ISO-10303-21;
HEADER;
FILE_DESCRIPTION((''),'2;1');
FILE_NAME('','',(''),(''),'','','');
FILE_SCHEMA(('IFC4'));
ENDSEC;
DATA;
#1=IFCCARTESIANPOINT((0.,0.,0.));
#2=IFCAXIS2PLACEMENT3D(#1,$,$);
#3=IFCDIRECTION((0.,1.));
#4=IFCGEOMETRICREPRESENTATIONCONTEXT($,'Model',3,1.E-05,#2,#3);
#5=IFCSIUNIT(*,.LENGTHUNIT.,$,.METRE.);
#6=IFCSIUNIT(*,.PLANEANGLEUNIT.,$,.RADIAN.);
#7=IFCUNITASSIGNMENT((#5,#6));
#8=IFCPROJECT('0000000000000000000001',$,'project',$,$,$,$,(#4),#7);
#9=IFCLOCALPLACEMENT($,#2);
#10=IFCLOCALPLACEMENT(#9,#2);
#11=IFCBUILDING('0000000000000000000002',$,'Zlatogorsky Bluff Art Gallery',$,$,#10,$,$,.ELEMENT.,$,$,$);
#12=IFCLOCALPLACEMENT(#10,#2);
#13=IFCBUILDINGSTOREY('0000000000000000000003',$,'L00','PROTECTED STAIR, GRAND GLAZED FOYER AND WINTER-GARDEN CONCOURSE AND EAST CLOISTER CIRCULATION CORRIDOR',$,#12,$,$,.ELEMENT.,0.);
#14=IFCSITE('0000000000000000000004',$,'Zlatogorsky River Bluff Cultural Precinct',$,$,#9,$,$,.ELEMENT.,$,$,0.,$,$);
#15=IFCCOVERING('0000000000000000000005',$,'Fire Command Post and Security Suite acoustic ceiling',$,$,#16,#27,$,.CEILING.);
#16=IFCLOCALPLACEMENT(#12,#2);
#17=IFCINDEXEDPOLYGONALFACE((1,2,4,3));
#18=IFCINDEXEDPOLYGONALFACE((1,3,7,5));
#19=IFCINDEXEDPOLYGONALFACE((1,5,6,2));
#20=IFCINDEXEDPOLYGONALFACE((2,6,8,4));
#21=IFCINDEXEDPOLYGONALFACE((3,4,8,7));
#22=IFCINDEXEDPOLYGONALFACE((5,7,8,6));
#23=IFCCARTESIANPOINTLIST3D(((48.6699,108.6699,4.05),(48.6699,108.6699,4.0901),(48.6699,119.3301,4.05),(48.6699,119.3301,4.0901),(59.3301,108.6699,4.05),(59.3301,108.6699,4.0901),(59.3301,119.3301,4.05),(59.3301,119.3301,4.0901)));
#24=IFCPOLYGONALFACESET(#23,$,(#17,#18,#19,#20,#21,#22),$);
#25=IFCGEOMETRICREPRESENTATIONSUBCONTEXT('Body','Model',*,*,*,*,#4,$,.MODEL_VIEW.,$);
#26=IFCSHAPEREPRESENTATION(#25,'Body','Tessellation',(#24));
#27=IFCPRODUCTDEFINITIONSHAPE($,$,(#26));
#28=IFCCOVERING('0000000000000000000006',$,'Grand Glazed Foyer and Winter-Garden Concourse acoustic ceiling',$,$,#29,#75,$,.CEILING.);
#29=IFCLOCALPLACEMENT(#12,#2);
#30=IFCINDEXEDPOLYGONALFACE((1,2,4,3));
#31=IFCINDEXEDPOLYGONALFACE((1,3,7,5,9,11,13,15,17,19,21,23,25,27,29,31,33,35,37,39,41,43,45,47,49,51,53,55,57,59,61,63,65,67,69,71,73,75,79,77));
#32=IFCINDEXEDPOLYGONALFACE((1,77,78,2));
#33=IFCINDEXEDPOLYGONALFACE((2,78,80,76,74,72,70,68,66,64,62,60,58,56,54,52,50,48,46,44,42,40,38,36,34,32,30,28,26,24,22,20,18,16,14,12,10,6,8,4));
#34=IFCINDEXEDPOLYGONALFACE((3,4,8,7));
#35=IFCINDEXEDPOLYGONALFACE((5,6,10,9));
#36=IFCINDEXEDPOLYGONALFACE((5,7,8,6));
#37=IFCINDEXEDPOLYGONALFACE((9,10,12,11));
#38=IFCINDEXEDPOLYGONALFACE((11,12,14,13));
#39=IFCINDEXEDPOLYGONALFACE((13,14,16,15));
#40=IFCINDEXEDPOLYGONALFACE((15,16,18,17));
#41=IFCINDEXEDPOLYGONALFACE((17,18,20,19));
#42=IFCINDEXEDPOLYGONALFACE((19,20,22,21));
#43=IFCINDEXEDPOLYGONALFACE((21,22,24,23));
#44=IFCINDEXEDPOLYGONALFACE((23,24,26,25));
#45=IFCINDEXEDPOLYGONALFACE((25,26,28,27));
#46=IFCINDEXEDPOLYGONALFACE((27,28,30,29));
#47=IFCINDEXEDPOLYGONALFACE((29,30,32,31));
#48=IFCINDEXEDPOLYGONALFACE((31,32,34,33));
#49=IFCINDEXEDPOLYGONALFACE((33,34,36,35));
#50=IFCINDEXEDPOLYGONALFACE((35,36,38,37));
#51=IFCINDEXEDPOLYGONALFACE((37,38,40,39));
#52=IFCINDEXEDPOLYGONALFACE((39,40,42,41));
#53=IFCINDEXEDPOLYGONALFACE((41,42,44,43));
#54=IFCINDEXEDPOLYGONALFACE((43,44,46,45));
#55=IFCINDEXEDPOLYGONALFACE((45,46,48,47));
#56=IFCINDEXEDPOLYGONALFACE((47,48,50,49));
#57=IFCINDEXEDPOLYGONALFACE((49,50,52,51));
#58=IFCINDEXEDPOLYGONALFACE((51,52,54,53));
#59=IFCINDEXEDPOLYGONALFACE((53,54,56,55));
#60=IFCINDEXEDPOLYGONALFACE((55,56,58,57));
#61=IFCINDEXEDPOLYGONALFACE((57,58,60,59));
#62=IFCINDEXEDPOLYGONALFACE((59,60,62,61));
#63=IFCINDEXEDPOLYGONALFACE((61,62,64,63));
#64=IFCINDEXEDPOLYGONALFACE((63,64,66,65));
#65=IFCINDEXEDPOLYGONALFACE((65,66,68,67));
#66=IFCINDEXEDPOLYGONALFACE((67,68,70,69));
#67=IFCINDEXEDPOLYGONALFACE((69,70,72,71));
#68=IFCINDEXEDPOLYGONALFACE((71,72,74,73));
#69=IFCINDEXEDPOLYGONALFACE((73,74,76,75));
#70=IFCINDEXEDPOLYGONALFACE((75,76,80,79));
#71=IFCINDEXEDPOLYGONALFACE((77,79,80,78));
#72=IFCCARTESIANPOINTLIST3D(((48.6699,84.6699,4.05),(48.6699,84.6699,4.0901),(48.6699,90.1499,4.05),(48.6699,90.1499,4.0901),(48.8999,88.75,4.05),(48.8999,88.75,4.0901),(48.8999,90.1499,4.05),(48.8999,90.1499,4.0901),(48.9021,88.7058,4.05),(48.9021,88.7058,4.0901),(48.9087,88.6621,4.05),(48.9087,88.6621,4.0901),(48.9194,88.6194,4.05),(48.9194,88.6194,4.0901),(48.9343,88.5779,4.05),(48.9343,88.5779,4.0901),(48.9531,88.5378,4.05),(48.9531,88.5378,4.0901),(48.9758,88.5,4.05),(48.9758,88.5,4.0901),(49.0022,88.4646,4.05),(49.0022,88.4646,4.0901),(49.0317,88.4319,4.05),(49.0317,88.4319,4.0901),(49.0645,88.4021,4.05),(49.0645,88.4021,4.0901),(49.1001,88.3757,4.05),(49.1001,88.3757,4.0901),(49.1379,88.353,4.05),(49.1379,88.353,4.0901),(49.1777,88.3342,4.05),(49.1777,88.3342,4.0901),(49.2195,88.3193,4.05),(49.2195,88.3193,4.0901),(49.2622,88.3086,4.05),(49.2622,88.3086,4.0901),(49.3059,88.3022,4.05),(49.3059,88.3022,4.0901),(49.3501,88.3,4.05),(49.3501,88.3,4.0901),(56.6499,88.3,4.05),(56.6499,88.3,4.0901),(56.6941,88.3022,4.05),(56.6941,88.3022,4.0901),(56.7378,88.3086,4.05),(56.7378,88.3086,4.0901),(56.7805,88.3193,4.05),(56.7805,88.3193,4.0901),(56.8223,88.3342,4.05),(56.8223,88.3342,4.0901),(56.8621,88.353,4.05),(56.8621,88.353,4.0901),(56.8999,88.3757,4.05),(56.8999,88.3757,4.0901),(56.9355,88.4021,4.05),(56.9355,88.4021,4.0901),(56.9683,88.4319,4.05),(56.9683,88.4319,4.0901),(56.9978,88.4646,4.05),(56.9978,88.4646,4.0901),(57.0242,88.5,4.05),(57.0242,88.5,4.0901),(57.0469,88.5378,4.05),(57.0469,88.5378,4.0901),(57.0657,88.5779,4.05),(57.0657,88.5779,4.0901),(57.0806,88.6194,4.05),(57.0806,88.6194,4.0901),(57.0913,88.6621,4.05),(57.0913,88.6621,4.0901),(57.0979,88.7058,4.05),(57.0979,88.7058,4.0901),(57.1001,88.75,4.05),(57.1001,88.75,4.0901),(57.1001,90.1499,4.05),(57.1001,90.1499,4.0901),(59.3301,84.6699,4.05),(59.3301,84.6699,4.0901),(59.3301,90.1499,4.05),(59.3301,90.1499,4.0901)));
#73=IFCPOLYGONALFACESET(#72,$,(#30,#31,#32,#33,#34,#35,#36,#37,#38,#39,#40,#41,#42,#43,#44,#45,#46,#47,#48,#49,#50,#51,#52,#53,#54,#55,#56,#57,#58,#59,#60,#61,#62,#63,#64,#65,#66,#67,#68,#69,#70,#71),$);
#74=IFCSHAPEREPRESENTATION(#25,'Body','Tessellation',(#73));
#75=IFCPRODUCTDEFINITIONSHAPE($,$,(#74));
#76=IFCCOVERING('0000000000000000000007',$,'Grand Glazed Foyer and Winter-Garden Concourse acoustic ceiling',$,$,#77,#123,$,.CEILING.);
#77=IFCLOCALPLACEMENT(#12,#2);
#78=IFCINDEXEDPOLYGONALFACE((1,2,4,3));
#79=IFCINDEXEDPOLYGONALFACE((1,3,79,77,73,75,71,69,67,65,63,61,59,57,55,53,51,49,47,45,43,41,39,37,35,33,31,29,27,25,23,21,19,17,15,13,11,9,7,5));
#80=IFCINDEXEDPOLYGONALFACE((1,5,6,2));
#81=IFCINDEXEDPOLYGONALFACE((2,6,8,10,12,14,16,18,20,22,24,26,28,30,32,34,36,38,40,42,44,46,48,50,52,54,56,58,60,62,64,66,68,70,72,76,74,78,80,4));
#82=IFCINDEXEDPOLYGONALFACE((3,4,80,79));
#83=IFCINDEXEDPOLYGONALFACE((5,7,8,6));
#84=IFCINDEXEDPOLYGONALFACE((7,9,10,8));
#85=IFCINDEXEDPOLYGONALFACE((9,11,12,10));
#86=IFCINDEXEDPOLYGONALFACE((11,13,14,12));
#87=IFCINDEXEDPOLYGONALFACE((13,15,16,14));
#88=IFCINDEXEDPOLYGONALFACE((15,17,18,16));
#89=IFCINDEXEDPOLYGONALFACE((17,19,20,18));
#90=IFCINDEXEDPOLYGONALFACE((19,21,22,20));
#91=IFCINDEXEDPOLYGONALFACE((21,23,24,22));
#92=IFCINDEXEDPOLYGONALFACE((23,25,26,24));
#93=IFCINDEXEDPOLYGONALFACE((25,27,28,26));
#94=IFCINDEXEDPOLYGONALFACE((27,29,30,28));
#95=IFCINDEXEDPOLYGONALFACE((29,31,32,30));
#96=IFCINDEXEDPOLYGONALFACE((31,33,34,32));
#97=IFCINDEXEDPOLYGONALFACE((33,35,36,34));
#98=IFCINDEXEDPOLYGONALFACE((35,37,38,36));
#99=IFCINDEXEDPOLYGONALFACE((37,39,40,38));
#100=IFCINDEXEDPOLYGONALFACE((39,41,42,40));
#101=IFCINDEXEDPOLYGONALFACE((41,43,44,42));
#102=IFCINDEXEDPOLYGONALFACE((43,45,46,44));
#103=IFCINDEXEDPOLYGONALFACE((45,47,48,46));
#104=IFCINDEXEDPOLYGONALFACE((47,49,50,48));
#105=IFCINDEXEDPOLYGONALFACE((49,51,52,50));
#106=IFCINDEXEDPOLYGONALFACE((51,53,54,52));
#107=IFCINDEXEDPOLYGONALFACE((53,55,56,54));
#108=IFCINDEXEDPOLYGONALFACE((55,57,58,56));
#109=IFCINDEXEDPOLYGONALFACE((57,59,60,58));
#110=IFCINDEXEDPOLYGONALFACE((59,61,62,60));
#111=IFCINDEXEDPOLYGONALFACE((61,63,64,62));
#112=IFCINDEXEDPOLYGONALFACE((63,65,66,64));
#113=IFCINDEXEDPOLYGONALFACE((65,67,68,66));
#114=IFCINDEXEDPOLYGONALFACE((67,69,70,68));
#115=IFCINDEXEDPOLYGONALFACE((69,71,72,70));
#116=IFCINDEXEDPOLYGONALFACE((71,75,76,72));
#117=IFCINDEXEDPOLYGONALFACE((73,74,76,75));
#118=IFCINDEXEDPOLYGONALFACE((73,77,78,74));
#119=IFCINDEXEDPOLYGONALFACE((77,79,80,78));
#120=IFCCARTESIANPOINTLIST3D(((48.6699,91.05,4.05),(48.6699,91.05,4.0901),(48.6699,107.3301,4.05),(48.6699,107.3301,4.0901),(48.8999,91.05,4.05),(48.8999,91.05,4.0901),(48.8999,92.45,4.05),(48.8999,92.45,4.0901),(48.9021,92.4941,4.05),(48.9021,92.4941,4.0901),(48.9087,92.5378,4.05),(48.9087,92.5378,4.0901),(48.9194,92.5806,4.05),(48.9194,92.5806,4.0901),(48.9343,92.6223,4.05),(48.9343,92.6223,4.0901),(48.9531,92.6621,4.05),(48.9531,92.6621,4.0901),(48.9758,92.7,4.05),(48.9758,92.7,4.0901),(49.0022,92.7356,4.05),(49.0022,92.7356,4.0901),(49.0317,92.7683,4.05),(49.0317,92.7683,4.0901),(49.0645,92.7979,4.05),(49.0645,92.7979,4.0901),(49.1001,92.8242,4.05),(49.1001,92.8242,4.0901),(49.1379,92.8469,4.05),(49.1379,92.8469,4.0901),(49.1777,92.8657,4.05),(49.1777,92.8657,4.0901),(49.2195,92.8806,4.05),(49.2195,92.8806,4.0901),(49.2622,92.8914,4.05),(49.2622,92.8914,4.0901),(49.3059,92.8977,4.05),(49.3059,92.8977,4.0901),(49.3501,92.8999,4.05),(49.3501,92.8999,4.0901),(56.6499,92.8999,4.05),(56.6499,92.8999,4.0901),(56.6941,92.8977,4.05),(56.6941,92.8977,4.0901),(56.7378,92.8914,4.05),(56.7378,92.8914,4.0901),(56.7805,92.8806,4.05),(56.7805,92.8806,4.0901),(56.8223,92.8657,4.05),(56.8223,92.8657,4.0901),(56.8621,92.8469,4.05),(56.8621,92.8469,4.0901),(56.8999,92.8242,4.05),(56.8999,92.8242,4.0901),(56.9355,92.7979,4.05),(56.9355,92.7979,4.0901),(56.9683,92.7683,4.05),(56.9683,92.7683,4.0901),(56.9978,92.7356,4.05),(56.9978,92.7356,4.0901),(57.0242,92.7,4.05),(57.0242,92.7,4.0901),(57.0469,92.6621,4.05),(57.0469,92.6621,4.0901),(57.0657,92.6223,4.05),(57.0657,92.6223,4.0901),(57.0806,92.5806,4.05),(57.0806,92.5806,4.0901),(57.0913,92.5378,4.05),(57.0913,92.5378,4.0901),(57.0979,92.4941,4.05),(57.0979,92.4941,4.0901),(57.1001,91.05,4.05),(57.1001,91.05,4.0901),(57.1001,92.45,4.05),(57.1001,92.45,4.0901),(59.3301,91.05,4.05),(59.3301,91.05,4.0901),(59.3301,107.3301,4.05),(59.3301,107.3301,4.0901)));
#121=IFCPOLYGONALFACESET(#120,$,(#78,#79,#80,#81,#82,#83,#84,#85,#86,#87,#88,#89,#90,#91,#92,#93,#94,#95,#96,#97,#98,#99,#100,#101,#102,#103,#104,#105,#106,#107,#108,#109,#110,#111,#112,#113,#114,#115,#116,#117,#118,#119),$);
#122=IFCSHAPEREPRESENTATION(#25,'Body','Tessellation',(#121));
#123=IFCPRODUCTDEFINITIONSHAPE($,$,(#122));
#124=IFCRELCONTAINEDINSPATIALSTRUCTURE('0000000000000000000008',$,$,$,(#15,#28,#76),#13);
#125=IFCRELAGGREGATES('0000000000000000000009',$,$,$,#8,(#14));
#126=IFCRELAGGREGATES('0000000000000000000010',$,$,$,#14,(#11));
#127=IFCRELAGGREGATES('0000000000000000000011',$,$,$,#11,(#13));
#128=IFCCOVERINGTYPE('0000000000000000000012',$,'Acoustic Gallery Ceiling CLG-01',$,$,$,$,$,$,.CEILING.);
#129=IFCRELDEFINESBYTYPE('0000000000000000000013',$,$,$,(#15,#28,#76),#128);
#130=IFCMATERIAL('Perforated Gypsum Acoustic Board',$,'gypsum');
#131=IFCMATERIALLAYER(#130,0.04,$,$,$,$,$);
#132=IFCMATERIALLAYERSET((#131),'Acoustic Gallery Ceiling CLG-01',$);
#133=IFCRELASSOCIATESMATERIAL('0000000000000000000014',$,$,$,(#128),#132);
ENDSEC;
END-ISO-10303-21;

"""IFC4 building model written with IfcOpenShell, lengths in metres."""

from ifc_helpers import new_model, si_unit, direction, frame, origin, place, context, subcontext, project, spatial, polyline, outline, extrude, material, layer, layer_set, type_object, element, save


model = new_model("IFC4")

# Units and contexts
model_context = context("Model", 3, precision=1e-05, world=origin(), true_north=direction((0.0, 1.0)))
body_context = subcontext(model_context, "Body", "Model", "MODEL_VIEW")
ifc_project = project(units=[si_unit("LENGTHUNIT", "METRE"), si_unit("PLANEANGLEUNIT", "RADIAN")], contexts=[model_context])

# Site, building, storey
site_placement = place(None, origin())
site = spatial("IfcSite", under=ifc_project, at=site_placement, Name="Zlatogorsky River Bluff Cultural Precinct", CompositionType="ELEMENT", RefElevation=0.0)
building_placement = place(site_placement, origin())
building = spatial("IfcBuilding", under=site, at=building_placement, Name="Zlatogorsky Bluff Art Gallery", CompositionType="ELEMENT")
storey_placement = place(building_placement, origin())
storey = spatial("IfcBuildingStorey", under=building, at=storey_placement, Name="L00", Description="PROTECTED STAIR, GRAND GLAZED FOYER AND WINTER-GARDEN CONCOURSE AND EAST CLOISTER CIRCULATION CORRIDOR", CompositionType="ELEMENT", Elevation=0.0)

# Coverings
ifc_material_1 = material(Name="Perforated Gypsum Acoustic Board", Category="gypsum")
ifc_layer_1 = layer(ifc_material_1, 0.04)
ifc_layer_set_1 = layer_set([ifc_layer_1], Name="Acoustic Gallery Ceiling CLG-01")
covering_type_1 = type_object("IfcCoveringType", Name="Acoustic Gallery Ceiling CLG-01", PredefinedType="CEILING", material=ifc_layer_set_1)
covering_1_placement = place(storey_placement, frame((0.0, 0.0, 4.05)))
element("IfcCovering", 1, at=covering_1_placement, inside=storey, type_object=covering_type_1, Name="Fire Command Post and Security Suite acoustic ceiling", PredefinedType="CEILING", context=body_context, shape_type="SweptSolid", body=[
    extrude(outline(polyline([(59.3301, 119.3301), (59.3301, 108.6699), (48.6699, 108.6699), (48.6699, 119.3301), (59.3301, 119.3301)])), origin(), (0.0, 0.0, 1.0), 0.04),
])
covering_2_placement = place(storey_placement, frame((0.0, 0.0, 4.05)))
element("IfcCovering", 2, at=covering_2_placement, inside=storey, type_object=covering_type_1, Name="Grand Glazed Foyer and Winter-Garden Concourse acoustic ceiling", PredefinedType="CEILING", context=body_context, shape_type="SweptSolid", body=[
    extrude(outline(polyline([(48.6699, 84.6699), (48.6699, 90.1499), (48.8999, 90.1499), (48.8999, 88.75), (48.9021, 88.7058), (48.9087, 88.6621), (48.9194, 88.6194), (48.9343, 88.5779), (48.9531, 88.5378), (48.9758, 88.5), (49.0022, 88.4646), (49.0317, 88.4319), (49.0645, 88.4021), (49.1001, 88.3757), (49.1379, 88.353), (49.1777, 88.3342), (49.2195, 88.3193), (49.2622, 88.3086), (49.3059, 88.3022), (49.3501, 88.3), (56.6499, 88.3), (56.6941, 88.3022), (56.7378, 88.3086), (56.7805, 88.3193), (56.8223, 88.3342), (56.8621, 88.353), (56.8999, 88.3757), (56.9355, 88.4021), (56.9683, 88.4319), (56.9978, 88.4646), (57.0242, 88.5), (57.0469, 88.5378), (57.0657, 88.5779), (57.0806, 88.6194), (57.0913, 88.6621), (57.0979, 88.7058), (57.1001, 88.75), (57.1001, 90.1499), (59.3301, 90.1499), (59.3301, 84.6699), (48.6699, 84.6699)])), origin(), (0.0, 0.0, 1.0), 0.04),
])
covering_3_placement = place(storey_placement, frame((0.0, 0.0, 4.05)))
element("IfcCovering", 3, at=covering_3_placement, inside=storey, type_object=covering_type_1, Name="Grand Glazed Foyer and Winter-Garden Concourse acoustic ceiling", PredefinedType="CEILING", context=body_context, shape_type="SweptSolid", body=[
    extrude(outline(polyline([(59.3301, 91.05), (57.1001, 91.05), (57.1001, 92.45), (57.0979, 92.4941), (57.0913, 92.5378), (57.0806, 92.5806), (57.0657, 92.6223), (57.0469, 92.6621), (57.0242, 92.7), (56.9978, 92.7356), (56.9683, 92.7683), (56.9355, 92.7979), (56.8999, 92.8242), (56.8621, 92.8469), (56.8223, 92.8657), (56.7805, 92.8806), (56.7378, 92.8914), (56.6941, 92.8977), (56.6499, 92.8999), (49.3501, 92.8999), (49.3059, 92.8977), (49.2622, 92.8914), (49.2195, 92.8806), (49.1777, 92.8657), (49.1379, 92.8469), (49.1001, 92.8242), (49.0645, 92.7979), (49.0317, 92.7683), (49.0022, 92.7356), (48.9758, 92.7), (48.9531, 92.6621), (48.9343, 92.6223), (48.9194, 92.5806), (48.9087, 92.5378), (48.9021, 92.4941), (48.8999, 92.45), (48.8999, 91.05), (48.6699, 91.05), (48.6699, 107.3301), (59.3301, 107.3301), (59.3301, 91.05)])), origin(), (0.0, 0.0, 1.0), 0.04),
])

save(model, "model.ifc")
